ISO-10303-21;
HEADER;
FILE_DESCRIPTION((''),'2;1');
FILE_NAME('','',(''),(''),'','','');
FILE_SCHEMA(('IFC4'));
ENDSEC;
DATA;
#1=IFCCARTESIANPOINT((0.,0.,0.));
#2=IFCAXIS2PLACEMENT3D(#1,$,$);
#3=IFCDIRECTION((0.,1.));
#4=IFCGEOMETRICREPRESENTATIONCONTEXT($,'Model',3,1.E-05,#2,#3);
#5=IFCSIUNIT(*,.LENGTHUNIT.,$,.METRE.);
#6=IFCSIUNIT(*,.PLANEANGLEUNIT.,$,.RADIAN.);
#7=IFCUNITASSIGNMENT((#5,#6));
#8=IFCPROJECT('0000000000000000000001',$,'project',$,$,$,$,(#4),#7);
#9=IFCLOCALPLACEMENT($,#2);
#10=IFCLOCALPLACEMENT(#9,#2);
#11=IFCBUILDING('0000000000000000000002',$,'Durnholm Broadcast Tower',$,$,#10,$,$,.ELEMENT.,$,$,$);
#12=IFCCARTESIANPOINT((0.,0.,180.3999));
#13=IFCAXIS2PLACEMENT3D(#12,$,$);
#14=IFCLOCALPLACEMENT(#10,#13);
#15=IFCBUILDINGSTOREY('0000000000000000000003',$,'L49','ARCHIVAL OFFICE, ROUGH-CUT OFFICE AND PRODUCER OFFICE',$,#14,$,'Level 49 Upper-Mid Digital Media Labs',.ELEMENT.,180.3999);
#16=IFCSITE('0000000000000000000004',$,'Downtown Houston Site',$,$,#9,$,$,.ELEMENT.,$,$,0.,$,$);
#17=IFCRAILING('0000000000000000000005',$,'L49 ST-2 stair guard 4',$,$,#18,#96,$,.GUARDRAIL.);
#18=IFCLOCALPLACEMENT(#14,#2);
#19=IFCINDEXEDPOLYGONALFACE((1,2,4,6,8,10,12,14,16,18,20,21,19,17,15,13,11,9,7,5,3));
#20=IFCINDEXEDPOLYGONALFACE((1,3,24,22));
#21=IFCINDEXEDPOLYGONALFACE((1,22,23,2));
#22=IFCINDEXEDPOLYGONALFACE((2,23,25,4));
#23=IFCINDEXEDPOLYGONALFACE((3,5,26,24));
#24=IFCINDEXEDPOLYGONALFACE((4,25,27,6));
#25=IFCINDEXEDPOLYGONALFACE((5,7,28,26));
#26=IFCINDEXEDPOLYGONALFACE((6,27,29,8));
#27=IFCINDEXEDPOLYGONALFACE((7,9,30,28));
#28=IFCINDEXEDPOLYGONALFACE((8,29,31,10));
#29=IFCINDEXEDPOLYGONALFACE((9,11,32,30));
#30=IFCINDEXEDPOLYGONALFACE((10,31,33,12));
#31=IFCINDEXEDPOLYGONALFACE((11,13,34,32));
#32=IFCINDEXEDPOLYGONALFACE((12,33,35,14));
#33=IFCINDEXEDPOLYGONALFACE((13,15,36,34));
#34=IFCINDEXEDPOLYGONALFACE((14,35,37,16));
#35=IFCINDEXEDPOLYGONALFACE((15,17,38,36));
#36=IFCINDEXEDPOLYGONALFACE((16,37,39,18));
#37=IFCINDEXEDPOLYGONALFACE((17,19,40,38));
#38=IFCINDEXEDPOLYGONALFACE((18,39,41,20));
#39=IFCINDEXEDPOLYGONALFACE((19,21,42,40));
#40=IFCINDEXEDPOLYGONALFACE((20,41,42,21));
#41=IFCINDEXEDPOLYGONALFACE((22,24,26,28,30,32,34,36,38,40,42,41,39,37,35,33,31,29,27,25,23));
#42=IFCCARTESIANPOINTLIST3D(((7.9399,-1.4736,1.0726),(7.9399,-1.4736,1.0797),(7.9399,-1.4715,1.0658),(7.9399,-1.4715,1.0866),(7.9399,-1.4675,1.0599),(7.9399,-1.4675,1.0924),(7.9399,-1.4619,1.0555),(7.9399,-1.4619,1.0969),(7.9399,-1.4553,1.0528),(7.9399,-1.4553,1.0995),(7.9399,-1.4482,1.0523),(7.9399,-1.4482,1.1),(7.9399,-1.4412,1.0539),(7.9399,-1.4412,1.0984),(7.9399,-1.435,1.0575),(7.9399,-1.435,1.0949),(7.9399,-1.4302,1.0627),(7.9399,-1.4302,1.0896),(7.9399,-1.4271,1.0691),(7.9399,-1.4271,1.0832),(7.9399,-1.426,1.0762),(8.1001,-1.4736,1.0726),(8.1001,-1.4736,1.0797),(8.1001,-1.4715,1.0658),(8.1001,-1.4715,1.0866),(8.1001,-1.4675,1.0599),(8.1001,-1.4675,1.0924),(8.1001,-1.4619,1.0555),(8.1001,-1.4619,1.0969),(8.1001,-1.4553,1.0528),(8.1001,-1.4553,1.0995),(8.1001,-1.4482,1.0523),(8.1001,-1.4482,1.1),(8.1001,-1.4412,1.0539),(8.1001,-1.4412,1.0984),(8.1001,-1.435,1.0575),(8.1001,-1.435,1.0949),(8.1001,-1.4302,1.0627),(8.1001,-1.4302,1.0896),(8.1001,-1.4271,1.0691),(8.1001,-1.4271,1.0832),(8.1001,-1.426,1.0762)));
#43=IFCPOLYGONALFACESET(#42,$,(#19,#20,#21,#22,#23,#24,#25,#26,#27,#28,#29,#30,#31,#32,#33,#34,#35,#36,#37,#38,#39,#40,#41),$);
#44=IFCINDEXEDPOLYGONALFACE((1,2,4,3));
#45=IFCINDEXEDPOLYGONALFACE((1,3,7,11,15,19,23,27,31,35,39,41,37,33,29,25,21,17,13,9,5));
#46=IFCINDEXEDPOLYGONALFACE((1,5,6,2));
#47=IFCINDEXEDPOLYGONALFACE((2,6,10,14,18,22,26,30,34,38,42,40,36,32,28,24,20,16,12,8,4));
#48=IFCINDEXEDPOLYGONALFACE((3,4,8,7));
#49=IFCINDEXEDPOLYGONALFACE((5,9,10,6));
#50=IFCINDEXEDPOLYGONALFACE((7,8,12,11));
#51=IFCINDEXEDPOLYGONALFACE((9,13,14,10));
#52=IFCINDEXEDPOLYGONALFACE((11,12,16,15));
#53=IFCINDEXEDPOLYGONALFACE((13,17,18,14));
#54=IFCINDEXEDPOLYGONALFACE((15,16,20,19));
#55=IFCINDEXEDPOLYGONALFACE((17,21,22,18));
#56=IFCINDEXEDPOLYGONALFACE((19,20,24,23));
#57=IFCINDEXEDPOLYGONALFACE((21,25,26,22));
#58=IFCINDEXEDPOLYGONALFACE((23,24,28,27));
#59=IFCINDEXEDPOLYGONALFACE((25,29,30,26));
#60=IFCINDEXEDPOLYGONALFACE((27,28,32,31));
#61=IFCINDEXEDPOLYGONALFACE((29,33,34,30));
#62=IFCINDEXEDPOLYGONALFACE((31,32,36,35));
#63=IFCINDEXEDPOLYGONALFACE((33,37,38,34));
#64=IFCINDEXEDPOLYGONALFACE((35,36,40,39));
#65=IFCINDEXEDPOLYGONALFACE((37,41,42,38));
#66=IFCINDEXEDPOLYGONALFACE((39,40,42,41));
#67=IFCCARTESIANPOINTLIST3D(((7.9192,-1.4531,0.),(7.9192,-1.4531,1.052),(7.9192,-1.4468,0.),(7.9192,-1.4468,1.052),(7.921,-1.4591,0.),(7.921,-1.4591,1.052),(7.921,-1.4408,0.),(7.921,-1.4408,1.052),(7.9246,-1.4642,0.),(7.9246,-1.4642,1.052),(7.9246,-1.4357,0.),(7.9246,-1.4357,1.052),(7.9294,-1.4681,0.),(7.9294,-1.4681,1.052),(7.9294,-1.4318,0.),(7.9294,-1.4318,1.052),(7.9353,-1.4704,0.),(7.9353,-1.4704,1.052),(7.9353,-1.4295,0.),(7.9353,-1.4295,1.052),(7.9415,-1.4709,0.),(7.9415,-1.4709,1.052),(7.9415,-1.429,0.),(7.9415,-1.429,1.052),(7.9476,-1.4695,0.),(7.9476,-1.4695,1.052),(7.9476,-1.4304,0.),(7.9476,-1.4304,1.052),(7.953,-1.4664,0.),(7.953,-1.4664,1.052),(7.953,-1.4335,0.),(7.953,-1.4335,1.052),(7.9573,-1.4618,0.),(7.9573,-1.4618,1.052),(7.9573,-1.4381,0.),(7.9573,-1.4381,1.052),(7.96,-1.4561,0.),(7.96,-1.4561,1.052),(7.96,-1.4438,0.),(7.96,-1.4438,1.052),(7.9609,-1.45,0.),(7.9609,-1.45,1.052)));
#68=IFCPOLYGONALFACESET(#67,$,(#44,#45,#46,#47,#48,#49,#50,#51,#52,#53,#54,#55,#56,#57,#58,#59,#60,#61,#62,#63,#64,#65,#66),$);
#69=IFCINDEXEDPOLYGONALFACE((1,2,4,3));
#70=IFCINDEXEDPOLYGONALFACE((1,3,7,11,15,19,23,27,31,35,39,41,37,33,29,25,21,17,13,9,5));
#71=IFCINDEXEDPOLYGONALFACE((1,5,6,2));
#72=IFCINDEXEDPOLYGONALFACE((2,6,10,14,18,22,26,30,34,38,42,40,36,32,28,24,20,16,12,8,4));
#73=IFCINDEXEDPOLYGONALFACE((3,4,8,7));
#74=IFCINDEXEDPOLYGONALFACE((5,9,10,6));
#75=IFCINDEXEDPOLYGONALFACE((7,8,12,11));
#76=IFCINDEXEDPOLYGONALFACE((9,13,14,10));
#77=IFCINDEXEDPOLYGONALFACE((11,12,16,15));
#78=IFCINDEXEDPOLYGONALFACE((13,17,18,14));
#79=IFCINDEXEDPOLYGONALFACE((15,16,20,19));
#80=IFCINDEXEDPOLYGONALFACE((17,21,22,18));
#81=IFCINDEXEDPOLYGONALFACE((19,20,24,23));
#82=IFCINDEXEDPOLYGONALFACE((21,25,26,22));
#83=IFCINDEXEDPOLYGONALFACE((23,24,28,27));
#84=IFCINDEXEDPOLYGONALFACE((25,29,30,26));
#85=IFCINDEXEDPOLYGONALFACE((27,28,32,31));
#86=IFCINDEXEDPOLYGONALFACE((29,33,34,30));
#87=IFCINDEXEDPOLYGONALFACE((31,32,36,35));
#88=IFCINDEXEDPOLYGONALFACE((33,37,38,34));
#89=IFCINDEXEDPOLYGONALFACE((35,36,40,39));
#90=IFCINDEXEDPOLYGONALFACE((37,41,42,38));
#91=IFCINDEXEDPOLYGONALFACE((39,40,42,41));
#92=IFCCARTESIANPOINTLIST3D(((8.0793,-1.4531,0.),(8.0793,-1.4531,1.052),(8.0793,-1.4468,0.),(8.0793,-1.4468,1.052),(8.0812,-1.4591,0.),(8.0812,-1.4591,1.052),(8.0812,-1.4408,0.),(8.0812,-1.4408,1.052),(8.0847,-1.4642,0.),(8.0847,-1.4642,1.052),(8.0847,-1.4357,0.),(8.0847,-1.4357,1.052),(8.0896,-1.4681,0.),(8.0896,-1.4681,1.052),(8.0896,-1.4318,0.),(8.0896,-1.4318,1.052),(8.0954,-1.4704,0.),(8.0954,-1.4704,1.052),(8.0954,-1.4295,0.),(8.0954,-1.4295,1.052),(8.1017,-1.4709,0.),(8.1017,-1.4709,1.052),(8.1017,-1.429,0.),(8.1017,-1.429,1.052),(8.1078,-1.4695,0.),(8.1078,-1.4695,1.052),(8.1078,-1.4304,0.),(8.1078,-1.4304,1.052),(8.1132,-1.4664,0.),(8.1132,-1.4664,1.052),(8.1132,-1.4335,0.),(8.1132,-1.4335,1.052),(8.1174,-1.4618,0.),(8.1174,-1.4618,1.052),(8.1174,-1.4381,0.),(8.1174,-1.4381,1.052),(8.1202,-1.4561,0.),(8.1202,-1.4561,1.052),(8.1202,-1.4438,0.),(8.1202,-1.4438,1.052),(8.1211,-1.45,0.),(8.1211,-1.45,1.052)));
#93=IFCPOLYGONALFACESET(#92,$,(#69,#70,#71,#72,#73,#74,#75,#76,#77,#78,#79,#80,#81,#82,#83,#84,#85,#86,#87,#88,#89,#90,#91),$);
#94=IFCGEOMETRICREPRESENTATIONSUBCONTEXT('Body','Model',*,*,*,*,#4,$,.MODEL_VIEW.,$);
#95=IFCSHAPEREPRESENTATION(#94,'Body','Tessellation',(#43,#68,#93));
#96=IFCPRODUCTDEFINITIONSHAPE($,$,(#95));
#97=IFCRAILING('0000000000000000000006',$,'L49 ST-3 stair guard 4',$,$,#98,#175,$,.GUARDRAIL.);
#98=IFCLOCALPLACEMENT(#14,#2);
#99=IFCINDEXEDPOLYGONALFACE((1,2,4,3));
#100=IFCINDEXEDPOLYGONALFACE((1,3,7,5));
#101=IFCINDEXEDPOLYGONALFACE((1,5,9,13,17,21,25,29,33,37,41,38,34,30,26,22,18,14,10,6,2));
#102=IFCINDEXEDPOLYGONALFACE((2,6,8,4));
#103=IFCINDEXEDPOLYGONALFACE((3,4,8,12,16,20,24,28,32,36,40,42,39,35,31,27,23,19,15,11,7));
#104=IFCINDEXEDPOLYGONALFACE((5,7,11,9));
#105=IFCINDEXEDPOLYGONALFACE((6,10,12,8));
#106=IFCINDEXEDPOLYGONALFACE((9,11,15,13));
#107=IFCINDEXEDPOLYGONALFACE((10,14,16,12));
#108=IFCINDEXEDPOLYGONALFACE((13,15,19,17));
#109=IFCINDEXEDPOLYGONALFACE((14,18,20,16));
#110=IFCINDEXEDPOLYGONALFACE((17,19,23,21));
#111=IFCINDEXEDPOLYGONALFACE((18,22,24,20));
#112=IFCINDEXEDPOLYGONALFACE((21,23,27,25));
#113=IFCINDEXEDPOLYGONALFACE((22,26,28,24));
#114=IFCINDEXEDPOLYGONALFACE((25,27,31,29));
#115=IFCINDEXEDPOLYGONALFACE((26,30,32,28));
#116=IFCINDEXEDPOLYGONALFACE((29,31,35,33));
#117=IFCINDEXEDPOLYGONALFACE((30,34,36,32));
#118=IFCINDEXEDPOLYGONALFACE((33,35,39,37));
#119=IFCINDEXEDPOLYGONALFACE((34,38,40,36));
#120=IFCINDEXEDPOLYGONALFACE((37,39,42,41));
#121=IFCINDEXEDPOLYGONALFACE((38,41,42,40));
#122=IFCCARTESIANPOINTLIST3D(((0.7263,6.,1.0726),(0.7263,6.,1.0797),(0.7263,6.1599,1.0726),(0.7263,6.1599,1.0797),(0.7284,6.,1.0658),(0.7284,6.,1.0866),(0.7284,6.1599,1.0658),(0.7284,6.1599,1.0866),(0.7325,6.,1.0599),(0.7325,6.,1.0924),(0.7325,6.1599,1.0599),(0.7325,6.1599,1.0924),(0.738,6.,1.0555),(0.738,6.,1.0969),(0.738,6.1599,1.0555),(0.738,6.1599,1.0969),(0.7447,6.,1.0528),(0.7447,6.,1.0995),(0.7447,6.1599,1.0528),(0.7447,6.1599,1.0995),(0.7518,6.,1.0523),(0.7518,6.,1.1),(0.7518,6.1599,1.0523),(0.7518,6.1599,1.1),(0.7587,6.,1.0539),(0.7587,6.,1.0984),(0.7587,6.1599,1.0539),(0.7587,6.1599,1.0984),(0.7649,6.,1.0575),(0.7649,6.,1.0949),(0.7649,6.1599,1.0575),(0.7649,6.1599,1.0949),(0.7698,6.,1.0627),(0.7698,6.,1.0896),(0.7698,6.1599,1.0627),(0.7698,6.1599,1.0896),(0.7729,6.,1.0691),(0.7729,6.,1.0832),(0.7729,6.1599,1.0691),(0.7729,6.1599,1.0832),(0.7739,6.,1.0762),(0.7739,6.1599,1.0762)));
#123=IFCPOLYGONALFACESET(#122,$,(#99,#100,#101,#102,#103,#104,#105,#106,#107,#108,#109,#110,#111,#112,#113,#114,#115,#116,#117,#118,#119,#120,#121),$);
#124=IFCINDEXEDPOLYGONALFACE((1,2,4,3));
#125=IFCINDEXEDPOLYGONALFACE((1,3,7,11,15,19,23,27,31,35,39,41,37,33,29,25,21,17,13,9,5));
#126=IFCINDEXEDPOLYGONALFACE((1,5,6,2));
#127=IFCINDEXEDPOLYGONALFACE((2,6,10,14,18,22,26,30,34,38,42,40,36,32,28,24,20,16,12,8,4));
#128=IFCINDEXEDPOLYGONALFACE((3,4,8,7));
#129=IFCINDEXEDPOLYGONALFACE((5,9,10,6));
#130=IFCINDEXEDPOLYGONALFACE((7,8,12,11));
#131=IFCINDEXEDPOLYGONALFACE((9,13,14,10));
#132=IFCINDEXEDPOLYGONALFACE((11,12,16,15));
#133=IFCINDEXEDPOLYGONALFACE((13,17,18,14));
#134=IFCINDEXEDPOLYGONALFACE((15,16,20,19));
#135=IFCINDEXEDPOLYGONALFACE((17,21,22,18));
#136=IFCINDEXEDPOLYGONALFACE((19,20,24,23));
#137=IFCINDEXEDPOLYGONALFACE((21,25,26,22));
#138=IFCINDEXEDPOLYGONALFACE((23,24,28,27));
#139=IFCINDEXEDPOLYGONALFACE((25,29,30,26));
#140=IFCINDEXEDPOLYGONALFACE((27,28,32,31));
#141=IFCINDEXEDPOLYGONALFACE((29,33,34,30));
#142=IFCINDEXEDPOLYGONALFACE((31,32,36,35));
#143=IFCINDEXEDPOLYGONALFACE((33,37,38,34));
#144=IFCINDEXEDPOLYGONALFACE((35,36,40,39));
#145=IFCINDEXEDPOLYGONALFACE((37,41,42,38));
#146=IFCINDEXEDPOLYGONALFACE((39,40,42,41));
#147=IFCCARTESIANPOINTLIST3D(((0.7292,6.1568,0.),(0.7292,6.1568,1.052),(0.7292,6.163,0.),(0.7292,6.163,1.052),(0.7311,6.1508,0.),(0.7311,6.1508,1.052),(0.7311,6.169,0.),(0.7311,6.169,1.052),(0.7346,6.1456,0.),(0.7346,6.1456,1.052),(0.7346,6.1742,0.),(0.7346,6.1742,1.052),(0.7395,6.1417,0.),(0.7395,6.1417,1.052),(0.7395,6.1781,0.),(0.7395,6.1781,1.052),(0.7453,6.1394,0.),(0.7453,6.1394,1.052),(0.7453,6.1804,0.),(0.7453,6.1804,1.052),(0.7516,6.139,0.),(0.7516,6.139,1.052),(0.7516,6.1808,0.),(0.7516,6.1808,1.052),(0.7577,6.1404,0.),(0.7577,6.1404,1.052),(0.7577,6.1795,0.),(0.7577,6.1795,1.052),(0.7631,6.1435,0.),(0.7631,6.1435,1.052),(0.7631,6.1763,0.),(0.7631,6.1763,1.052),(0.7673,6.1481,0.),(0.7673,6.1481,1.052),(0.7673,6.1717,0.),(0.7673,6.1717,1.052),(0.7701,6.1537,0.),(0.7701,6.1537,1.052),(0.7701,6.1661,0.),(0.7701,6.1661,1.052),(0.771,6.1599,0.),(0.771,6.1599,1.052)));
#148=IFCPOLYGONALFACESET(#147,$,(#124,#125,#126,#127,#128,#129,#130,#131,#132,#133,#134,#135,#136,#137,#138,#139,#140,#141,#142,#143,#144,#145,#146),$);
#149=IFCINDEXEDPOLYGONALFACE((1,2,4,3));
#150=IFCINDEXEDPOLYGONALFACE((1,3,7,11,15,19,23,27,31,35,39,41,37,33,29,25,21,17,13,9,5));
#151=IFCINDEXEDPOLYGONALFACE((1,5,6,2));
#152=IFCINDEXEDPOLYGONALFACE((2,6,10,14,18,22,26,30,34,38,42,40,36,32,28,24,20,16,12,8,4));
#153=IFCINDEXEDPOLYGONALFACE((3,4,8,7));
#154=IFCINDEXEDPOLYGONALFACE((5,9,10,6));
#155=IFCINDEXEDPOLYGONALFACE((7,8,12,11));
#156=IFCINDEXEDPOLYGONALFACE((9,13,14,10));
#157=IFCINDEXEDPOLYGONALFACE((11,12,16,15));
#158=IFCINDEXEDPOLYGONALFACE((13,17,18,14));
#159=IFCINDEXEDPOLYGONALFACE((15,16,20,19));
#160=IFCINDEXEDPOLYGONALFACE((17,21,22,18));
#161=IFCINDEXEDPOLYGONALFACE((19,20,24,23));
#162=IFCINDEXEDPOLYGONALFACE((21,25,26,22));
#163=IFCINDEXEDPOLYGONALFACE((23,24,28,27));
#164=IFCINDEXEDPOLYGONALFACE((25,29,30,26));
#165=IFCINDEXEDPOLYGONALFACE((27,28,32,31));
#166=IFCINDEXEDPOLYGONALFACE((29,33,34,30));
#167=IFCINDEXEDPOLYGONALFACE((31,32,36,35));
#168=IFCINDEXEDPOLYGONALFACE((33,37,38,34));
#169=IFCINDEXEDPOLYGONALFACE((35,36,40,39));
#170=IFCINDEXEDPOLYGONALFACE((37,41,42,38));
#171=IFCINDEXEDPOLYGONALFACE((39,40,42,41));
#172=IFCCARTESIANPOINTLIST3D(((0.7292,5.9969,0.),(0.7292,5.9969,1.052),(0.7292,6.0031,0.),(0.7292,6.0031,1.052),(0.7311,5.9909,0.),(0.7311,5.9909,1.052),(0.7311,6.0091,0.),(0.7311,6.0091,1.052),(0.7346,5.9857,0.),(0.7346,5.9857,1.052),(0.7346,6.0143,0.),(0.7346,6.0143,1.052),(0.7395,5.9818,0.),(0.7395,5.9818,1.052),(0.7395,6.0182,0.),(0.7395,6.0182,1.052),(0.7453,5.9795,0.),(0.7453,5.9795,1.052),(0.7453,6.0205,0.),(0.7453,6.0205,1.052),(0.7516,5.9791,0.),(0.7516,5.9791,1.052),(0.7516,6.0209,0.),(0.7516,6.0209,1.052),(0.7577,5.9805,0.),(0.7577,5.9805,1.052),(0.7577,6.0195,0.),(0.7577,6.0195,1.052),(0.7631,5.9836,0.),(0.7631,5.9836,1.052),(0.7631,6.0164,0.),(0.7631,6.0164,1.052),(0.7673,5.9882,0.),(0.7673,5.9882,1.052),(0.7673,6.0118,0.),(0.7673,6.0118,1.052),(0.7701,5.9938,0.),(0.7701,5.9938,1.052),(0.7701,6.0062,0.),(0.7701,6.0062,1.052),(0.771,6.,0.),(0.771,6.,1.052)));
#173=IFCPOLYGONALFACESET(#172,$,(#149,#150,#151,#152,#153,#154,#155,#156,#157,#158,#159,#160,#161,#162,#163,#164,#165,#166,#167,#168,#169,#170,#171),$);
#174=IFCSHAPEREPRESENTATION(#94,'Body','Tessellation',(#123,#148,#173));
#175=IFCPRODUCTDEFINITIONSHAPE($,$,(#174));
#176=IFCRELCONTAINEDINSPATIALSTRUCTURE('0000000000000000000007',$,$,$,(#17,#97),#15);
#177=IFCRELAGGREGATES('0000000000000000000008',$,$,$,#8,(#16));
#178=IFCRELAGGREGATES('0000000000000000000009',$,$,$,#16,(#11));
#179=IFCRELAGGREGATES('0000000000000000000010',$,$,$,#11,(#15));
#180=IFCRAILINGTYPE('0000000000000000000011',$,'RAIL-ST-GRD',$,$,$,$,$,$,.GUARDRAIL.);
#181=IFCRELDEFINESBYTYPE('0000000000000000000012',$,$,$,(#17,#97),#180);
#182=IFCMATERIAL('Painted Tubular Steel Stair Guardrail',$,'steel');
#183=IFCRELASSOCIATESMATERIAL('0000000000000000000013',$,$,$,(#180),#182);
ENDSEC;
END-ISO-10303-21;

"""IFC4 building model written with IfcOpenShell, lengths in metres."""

from ifc_helpers import new_model, si_unit, direction, frame, origin, origin_2d, place, context, subcontext, project, spatial, circle, extrude, material, type_object, element, save


model = new_model("IFC4")

# Units and contexts
model_context = context("Model", 3, precision=1e-05, world=origin(), true_north=direction((0.0, 1.0)))
body_context = subcontext(model_context, "Body", "Model", "MODEL_VIEW")
ifc_project = project(units=[si_unit("LENGTHUNIT", "METRE"), si_unit("PLANEANGLEUNIT", "RADIAN")], contexts=[model_context])

# Site, building, storey
site_placement = place(None, origin())
site = spatial("IfcSite", under=ifc_project, at=site_placement, Name="Downtown Houston Site", CompositionType="ELEMENT", RefElevation=0.0)
building_placement = place(site_placement, origin())
building = spatial("IfcBuilding", under=site, at=building_placement, Name="Durnholm Broadcast Tower", CompositionType="ELEMENT")
storey_placement = place(building_placement, frame((0.0, 0.0, 180.3999)))
storey = spatial("IfcBuildingStorey", under=building, at=storey_placement, Name="L49", Description="ARCHIVAL OFFICE, ROUGH-CUT OFFICE AND PRODUCER OFFICE", LongName="Level 49 Upper-Mid Digital Media Labs", CompositionType="ELEMENT", Elevation=180.3999)

# Railings
ifc_material_1 = material(Name="Painted Tubular Steel Stair Guardrail", Category="steel")
railing_type_1 = type_object("IfcRailingType", Name="RAIL-ST-GRD", PredefinedType="GUARDRAIL", material=ifc_material_1)
railing_1_placement = place(storey_placement, frame((7.9399, -1.45, 0.0)))
element("IfcRailing", 1, at=railing_1_placement, inside=storey, type_object=railing_type_1, Name="L49 ST-2 stair guard 4", PredefinedType="GUARDRAIL", context=body_context, shape_type="SweptSolid", body=[
    extrude(circle(Radius=0.0239, at=origin_2d()), frame((0.0, 0.0, 1.0762), z_axis=(1.0, 0.0, 0.0), x_axis=(0.0, 1.0, 0.0)), (0.0, 0.0, 1.0), 0.1602),
    extrude(circle(Radius=0.021, at=origin_2d()), origin(), (0.0, 0.0, 1.0), 1.052),
    extrude(circle(Radius=0.021, at=origin_2d()), frame((0.1602, 0.0, 0.0)), (0.0, 0.0, 1.0), 1.052),
])
railing_2_placement = place(storey_placement, frame((0.75, 6.1599, 0.0)))
element("IfcRailing", 2, at=railing_2_placement, inside=storey, type_object=railing_type_1, Name="L49 ST-3 stair guard 4", PredefinedType="GUARDRAIL", context=body_context, shape_type="SweptSolid", body=[
    extrude(circle(Radius=0.0239, at=origin_2d()), frame((0.0, 0.0, 1.0762), z_axis=(0.0, -1.0, 0.0), x_axis=(1.0, 0.0, 0.0)), (0.0, 0.0, 1.0), 0.1599),
    extrude(circle(Radius=0.021, at=origin_2d()), origin(), (0.0, 0.0, 1.0), 1.052),
    extrude(circle(Radius=0.021, at=origin_2d()), frame((0.0, -0.1599, 0.0)), (0.0, 0.0, 1.0), 1.052),
])

save(model, "model.ifc")
